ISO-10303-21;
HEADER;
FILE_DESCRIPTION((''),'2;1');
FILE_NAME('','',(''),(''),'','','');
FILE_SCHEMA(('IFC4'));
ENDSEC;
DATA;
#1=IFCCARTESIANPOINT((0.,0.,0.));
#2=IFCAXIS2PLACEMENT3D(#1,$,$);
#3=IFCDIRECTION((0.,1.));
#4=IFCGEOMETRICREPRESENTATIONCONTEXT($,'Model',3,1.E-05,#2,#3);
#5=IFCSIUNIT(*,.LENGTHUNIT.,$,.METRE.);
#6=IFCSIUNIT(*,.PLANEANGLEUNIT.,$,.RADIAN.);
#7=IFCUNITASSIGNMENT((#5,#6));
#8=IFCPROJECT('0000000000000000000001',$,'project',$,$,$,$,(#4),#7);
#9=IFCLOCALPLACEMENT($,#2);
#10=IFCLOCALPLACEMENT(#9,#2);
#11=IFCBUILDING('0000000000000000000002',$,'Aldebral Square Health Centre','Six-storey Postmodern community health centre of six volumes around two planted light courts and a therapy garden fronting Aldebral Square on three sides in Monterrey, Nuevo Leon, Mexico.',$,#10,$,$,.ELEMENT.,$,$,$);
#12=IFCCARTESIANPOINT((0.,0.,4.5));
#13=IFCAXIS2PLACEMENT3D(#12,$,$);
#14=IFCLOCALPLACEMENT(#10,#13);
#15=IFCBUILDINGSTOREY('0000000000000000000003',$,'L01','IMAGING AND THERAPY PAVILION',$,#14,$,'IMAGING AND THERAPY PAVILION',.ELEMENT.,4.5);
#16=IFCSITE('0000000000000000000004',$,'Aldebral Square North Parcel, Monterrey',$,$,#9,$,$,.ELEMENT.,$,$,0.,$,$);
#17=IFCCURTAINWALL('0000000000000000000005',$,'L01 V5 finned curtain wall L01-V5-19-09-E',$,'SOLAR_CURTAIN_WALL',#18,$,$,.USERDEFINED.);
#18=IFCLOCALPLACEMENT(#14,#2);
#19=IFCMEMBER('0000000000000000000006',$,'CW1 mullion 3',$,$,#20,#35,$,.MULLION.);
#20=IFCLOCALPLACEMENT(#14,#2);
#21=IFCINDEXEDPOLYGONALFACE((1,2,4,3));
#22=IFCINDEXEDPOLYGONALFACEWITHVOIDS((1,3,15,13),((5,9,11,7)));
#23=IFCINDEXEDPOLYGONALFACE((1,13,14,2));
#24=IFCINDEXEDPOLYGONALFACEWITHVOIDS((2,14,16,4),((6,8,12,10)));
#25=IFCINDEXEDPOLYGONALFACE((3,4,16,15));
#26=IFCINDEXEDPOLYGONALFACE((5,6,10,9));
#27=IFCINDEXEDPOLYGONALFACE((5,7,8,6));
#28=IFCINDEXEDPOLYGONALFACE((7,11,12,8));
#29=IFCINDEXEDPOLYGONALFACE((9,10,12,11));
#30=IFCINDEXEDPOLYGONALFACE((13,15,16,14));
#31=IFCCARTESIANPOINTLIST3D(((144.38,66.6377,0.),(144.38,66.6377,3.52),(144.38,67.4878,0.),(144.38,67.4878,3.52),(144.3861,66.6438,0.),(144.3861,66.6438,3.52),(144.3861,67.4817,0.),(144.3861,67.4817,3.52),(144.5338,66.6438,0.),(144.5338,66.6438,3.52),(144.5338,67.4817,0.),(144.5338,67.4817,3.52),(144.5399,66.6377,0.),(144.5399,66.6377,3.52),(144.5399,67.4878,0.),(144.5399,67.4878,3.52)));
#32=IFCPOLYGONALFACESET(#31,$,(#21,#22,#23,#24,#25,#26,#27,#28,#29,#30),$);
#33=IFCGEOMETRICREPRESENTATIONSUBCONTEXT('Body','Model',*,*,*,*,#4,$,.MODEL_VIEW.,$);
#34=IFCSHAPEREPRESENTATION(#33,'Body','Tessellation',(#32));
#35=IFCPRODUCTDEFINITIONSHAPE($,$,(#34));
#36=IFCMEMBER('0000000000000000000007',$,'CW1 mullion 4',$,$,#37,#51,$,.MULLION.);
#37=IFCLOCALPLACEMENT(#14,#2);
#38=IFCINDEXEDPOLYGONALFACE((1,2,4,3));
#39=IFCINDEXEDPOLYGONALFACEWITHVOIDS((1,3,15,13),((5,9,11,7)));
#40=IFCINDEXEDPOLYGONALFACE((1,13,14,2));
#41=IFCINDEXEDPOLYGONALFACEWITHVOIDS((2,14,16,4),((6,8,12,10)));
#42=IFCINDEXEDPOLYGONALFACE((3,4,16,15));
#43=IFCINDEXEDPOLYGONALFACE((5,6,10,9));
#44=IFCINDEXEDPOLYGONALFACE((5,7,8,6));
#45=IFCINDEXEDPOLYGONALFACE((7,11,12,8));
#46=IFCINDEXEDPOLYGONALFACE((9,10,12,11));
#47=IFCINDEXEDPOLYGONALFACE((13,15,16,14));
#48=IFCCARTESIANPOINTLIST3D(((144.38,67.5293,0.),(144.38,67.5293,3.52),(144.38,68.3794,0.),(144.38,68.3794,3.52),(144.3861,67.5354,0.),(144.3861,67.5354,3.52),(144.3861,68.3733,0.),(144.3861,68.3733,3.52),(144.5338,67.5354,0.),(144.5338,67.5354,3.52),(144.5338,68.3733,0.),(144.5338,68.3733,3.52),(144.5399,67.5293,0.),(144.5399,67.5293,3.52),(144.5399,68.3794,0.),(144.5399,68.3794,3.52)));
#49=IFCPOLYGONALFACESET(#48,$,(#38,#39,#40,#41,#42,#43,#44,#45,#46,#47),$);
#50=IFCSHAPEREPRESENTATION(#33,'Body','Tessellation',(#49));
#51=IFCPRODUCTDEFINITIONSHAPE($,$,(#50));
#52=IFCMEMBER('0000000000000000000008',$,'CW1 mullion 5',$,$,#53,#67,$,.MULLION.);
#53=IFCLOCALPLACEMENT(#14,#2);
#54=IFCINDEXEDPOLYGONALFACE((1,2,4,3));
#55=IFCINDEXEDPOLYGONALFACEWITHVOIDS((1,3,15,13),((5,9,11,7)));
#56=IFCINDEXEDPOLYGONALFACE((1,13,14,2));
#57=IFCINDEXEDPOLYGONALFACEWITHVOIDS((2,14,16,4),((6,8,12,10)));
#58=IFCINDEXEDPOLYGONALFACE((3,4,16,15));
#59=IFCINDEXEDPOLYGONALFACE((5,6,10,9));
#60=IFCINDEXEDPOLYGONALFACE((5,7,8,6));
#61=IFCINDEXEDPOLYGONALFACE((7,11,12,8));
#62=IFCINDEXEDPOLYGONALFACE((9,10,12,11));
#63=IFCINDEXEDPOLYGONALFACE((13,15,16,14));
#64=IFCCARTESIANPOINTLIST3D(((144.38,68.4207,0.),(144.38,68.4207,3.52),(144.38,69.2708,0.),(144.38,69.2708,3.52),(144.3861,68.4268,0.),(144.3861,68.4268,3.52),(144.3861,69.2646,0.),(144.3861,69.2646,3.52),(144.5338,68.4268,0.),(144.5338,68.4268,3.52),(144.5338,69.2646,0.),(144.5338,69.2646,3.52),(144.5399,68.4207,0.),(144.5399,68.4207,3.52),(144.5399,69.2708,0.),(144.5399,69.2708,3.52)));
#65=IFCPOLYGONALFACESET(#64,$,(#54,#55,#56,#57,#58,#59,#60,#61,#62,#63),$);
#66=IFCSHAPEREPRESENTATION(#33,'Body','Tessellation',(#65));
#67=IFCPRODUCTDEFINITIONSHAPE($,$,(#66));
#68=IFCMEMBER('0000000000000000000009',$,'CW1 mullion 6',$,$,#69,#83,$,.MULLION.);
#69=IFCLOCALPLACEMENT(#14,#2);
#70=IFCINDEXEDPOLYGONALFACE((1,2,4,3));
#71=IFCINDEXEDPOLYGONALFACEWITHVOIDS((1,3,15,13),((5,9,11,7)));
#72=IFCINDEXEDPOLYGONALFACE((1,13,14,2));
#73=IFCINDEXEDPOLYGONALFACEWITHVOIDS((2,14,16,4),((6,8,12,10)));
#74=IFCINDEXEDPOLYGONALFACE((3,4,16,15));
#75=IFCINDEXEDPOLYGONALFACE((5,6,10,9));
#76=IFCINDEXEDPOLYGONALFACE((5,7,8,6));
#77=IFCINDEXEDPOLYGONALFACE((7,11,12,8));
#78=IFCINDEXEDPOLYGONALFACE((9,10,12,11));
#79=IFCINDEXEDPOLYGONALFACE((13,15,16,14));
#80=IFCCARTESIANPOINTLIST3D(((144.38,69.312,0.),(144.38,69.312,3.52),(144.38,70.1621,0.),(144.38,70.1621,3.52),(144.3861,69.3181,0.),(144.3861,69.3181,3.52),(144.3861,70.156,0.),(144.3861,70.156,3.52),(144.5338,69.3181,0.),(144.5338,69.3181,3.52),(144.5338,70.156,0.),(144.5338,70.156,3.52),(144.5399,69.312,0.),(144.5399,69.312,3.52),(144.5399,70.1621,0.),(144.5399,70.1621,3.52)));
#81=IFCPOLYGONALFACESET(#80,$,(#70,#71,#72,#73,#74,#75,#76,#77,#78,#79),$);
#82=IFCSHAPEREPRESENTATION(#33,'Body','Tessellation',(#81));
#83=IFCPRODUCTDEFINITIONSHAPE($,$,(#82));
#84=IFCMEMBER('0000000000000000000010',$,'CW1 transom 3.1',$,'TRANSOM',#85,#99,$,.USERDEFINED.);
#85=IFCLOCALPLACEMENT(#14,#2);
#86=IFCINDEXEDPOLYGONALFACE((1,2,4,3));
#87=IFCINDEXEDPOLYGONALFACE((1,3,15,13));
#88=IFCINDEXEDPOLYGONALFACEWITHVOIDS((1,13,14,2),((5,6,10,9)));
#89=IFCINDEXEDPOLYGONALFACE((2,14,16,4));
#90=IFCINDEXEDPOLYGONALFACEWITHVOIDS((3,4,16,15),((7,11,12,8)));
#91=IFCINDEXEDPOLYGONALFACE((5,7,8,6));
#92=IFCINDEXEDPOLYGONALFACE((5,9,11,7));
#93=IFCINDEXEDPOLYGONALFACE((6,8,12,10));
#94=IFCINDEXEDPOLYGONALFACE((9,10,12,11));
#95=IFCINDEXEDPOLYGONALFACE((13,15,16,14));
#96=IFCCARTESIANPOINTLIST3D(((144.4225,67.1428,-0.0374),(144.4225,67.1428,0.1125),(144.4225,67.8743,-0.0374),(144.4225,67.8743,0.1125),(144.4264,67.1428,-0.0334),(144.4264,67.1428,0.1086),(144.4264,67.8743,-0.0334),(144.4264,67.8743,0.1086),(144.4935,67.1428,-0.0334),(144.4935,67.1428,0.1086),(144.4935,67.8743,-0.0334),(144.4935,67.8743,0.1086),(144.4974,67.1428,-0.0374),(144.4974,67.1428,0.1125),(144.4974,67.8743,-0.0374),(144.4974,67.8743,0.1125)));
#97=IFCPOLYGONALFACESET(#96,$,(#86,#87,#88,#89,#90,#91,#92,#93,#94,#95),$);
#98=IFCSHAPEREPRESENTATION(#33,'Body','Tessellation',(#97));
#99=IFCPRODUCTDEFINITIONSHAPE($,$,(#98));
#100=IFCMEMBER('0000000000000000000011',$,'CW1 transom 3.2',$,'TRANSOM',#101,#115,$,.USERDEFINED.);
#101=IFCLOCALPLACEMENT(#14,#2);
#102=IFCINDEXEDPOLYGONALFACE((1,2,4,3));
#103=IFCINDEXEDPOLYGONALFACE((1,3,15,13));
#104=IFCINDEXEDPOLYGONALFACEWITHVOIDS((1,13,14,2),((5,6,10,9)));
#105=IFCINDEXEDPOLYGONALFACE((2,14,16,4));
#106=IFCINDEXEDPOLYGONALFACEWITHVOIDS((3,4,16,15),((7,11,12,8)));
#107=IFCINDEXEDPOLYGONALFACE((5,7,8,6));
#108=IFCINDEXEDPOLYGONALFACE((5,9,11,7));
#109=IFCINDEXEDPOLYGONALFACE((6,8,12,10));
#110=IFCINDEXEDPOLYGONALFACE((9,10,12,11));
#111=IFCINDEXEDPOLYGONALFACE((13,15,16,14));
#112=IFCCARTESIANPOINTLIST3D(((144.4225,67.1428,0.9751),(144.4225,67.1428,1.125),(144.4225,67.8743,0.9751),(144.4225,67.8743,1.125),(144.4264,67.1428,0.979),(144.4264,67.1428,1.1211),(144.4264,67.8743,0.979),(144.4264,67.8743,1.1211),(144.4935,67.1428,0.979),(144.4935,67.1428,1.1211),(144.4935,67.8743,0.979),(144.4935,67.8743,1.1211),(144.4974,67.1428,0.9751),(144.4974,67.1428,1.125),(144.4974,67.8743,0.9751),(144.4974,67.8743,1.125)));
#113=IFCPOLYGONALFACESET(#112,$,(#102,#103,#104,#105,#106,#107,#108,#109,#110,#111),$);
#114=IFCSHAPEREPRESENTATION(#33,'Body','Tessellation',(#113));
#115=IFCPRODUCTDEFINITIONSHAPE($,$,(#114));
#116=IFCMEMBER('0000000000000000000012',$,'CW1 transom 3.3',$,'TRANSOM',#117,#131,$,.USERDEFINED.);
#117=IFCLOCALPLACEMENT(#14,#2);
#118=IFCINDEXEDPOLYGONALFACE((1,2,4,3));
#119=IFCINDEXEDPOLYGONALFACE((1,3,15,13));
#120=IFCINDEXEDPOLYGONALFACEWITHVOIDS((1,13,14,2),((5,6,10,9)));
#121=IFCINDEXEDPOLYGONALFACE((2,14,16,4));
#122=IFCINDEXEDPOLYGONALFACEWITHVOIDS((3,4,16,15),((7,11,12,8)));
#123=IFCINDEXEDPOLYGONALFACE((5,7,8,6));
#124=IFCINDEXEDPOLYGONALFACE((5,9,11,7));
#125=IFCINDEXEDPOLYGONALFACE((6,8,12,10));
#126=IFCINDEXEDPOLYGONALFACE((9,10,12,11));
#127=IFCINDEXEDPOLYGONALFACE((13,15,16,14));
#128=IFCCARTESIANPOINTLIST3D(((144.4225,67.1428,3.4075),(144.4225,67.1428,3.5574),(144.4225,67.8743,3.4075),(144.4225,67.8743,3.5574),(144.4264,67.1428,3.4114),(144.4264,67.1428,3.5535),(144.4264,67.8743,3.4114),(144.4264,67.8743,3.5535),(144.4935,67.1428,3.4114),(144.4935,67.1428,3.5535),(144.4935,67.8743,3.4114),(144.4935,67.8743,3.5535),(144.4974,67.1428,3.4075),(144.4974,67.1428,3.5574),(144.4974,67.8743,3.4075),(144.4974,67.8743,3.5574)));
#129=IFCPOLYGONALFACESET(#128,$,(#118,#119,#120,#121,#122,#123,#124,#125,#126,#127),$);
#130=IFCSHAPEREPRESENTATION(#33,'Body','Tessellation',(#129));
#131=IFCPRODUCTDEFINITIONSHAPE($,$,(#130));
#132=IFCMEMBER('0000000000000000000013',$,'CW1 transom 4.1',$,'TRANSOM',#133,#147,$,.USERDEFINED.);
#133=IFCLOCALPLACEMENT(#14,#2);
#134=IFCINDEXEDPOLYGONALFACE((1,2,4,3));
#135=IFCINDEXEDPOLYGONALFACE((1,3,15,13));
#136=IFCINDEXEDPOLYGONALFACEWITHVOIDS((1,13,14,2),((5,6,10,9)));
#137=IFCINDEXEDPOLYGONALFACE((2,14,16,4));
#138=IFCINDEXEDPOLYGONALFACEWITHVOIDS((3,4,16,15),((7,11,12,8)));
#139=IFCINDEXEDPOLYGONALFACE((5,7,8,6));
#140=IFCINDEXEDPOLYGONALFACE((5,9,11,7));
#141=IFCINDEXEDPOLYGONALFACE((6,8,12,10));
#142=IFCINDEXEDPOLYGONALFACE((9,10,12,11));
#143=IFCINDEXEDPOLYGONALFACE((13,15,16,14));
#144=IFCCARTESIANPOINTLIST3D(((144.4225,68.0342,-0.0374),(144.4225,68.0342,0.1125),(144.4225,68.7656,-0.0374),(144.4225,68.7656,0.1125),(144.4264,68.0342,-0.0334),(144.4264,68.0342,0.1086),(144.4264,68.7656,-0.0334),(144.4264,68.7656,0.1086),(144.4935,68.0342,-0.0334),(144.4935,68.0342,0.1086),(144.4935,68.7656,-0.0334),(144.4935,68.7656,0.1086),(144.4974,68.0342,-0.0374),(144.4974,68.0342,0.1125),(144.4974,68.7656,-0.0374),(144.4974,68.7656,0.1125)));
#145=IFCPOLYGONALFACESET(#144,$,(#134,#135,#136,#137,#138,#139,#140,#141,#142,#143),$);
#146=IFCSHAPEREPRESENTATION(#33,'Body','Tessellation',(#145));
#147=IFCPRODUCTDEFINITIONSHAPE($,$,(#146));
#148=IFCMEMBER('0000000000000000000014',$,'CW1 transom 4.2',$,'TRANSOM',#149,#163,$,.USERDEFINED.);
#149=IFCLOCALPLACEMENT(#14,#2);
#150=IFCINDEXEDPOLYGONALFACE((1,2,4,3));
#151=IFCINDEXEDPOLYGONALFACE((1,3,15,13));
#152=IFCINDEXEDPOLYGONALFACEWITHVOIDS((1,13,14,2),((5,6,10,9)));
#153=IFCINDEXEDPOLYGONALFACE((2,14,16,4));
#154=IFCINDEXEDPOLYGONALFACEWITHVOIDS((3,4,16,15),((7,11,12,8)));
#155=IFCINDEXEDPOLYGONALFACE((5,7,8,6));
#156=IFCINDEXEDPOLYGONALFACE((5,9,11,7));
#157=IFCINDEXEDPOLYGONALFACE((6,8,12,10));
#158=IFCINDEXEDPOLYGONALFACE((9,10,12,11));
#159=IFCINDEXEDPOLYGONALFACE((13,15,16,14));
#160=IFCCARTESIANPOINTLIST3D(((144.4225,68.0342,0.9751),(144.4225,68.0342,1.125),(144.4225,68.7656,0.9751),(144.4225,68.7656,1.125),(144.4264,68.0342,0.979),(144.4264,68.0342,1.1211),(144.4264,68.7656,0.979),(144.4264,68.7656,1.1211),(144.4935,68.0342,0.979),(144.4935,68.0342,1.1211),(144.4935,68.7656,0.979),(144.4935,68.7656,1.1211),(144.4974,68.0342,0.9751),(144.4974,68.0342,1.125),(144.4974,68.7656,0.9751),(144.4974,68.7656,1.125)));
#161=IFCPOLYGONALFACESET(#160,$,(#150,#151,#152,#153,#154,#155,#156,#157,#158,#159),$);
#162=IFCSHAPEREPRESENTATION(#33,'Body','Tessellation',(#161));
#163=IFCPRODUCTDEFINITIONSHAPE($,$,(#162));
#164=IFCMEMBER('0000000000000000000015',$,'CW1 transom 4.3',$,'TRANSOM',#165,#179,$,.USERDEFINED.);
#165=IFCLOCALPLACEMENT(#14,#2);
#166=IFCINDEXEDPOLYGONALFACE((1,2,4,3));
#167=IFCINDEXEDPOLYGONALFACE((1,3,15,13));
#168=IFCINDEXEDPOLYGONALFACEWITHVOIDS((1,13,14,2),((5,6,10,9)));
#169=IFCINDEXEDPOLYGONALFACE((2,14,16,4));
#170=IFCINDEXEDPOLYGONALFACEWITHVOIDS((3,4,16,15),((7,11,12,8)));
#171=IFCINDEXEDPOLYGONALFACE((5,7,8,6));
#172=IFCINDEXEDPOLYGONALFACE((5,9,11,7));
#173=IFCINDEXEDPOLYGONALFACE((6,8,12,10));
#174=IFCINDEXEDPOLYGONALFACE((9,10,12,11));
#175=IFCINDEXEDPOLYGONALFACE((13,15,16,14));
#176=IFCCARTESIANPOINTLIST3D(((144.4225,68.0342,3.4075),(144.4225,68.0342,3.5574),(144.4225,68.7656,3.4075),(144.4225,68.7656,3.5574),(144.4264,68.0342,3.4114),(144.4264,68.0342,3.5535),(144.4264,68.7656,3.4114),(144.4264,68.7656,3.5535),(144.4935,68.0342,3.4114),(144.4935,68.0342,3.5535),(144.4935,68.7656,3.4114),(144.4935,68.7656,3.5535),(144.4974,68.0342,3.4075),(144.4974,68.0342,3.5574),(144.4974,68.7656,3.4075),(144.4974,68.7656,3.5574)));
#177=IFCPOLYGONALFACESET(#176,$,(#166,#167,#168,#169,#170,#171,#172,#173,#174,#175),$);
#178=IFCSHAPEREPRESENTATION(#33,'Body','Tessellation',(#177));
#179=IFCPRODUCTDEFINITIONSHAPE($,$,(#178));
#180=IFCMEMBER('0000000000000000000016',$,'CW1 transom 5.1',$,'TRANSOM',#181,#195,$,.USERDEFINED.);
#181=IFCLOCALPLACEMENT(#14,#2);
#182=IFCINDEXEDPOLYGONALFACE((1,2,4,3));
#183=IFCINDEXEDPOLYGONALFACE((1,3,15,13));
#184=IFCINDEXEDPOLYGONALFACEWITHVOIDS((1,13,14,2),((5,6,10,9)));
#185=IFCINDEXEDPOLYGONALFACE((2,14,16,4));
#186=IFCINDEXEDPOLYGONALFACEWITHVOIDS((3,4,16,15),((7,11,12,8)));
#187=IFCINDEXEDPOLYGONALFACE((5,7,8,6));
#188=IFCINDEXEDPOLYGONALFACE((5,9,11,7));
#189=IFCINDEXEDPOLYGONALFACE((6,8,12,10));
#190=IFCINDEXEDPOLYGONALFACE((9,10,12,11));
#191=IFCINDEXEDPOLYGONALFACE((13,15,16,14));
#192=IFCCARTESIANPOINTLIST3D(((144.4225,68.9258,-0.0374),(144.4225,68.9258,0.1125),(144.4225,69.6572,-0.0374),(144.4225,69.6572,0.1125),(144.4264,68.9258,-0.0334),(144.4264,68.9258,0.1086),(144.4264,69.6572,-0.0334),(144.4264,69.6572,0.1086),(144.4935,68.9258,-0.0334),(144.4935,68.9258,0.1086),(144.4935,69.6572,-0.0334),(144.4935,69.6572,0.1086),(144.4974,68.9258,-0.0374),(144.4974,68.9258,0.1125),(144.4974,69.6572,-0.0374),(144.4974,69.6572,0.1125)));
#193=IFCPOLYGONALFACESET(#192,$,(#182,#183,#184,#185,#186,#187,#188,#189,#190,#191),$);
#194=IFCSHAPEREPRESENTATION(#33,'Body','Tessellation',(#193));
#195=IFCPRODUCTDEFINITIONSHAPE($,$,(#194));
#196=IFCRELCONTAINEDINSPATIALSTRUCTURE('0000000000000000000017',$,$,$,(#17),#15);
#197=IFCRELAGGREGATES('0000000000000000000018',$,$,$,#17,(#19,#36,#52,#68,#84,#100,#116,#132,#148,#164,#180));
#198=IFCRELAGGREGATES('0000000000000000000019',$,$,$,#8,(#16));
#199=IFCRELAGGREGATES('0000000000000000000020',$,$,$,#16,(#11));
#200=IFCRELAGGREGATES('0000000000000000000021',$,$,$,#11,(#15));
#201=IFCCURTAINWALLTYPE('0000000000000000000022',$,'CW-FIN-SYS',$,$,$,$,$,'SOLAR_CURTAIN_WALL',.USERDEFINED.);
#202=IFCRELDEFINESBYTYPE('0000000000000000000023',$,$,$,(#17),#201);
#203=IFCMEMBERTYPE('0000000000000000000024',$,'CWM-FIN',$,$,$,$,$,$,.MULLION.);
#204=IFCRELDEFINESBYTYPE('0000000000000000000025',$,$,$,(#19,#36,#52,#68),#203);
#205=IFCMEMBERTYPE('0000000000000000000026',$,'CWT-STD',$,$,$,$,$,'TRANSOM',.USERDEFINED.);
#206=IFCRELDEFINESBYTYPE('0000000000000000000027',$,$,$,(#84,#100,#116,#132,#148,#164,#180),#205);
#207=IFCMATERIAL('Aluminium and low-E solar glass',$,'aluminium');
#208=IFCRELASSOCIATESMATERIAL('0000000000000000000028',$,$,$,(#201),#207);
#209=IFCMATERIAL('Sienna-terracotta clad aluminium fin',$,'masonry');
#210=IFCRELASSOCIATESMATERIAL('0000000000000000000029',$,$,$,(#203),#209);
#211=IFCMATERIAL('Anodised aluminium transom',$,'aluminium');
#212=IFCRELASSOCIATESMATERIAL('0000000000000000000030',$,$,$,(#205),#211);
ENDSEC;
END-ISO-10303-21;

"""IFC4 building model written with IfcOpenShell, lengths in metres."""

from ifc_helpers import new_model, si_unit, direction, frame, origin, origin_2d, place, context, subcontext, project, spatial, hollow_rectangle, extrude, material, material_profile, profile_set, type_object, element, aggregate, save


model = new_model("IFC4")

# Units and contexts
model_context = context("Model", 3, precision=1e-05, world=origin(), true_north=direction((0.0, 1.0)))
body_context = subcontext(model_context, "Body", "Model", "MODEL_VIEW")
ifc_project = project(units=[si_unit("LENGTHUNIT", "METRE"), si_unit("PLANEANGLEUNIT", "RADIAN")], contexts=[model_context])

# Site, building, storey
site_placement = place(None, origin())
site = spatial("IfcSite", under=ifc_project, at=site_placement, Name="Aldebral Square North Parcel, Monterrey", CompositionType="ELEMENT", RefElevation=0.0)
building_placement = place(site_placement, origin())
building = spatial("IfcBuilding", under=site, at=building_placement, Name="Aldebral Square Health Centre", Description="Six-storey Postmodern community health centre of six volumes around two planted light courts and a therapy garden fronting Aldebral Square on three sides in Monterrey, Nuevo Leon, Mexico.", CompositionType="ELEMENT")
storey_placement = place(building_placement, frame((0.0, 0.0, 4.5)))
storey = spatial("IfcBuildingStorey", under=building, at=storey_placement, Name="L01", Description="IMAGING AND THERAPY PAVILION", LongName="IMAGING AND THERAPY PAVILION", CompositionType="ELEMENT", Elevation=4.5)

# Curtain wall, members
ifc_material_1 = material(Name="Aluminium and low-E solar glass", Category="aluminium")
curtain_wall_type = type_object("IfcCurtainWallType", Name="CW-FIN-SYS", ElementType="SOLAR_CURTAIN_WALL", PredefinedType="USERDEFINED", material=ifc_material_1)
curtain_wall_placement = place(storey_placement, origin())
curtain_wall = element("IfcCurtainWall", 1, at=curtain_wall_placement, inside=storey, type_object=curtain_wall_type, Name="L01 V5 finned curtain wall L01-V5-19-09-E", ObjectType="SOLAR_CURTAIN_WALL", PredefinedType="USERDEFINED")
ifc_material_2 = material(Name="Sienna-terracotta clad aluminium fin", Category="masonry")
ifc_material_profile_1 = material_profile(ifc_material_2, hollow_rectangle(XDim=0.1599, YDim=0.8501, WallThickness=0.0061, at=origin_2d()), Name="FIN 160x850x6")
ifc_profile_set_1 = profile_set([ifc_material_profile_1], Name="Sienna-terracotta clad aluminium fin")
member_type_1 = type_object("IfcMemberType", Name="CWM-FIN", PredefinedType="MULLION", material=ifc_profile_set_1)
member_1_placement = place(storey_placement, frame((144.46, 67.0627, 0.0), z_axis=(0.0, 0.0, 1.0), x_axis=(-1.0, 0.0, 0.0)))
member_1 = element("IfcMember", 2, at=member_1_placement, type_object=member_type_1, Name="CW1 mullion 3", PredefinedType="MULLION", context=body_context, shape_type="SweptSolid", body=[
    extrude(hollow_rectangle(XDim=0.1599, YDim=0.8501, WallThickness=0.0061, at=origin_2d()), origin(), (0.0, 0.0, 1.0), 3.52),
])
member_2_placement = place(storey_placement, frame((144.46, 67.9543, 0.0), z_axis=(0.0, 0.0, 1.0), x_axis=(-1.0, 0.0, 0.0)))
member_2 = element("IfcMember", 3, at=member_2_placement, type_object=member_type_1, Name="CW1 mullion 4", PredefinedType="MULLION", context=body_context, shape_type="SweptSolid", body=[
    extrude(hollow_rectangle(XDim=0.1599, YDim=0.8501, WallThickness=0.0061, at=origin_2d()), origin(), (0.0, 0.0, 1.0), 3.52),
])
member_3_placement = place(storey_placement, frame((144.46, 68.8457, 0.0), z_axis=(0.0, 0.0, 1.0), x_axis=(-1.0, 0.0, 0.0)))
member_3 = element("IfcMember", 4, at=member_3_placement, type_object=member_type_1, Name="CW1 mullion 5", PredefinedType="MULLION", context=body_context, shape_type="SweptSolid", body=[
    extrude(hollow_rectangle(XDim=0.1599, YDim=0.8501, WallThickness=0.0061, at=origin_2d()), origin(), (0.0, 0.0, 1.0), 3.52),
])
member_4_placement = place(storey_placement, frame((144.46, 69.7371, 0.0), z_axis=(0.0, 0.0, 1.0), x_axis=(-1.0, 0.0, 0.0)))
member_4 = element("IfcMember", 5, at=member_4_placement, type_object=member_type_1, Name="CW1 mullion 6", PredefinedType="MULLION", context=body_context, shape_type="SweptSolid", body=[
    extrude(hollow_rectangle(XDim=0.1599, YDim=0.8501, WallThickness=0.0061, at=origin_2d()), origin(), (0.0, 0.0, 1.0), 3.52),
])
ifc_material_3 = material(Name="Anodised aluminium transom", Category="aluminium")
ifc_material_profile_2 = material_profile(ifc_material_3, hollow_rectangle(XDim=0.075, YDim=0.1499, WallThickness=0.0039, at=origin_2d()), Name="CWT 75x150x4")
ifc_profile_set_2 = profile_set([ifc_material_profile_2], Name="Anodised aluminium transom")
member_type_2 = type_object("IfcMemberType", Name="CWT-STD", ElementType="TRANSOM", PredefinedType="USERDEFINED", material=ifc_profile_set_2)
member_5_placement = place(storey_placement, frame((144.46, 67.1428, 0.0376), z_axis=(0.0, 1.0, 0.0), x_axis=(-1.0, 0.0, 0.0)))
member_5 = element("IfcMember", 6, at=member_5_placement, type_object=member_type_2, Name="CW1 transom 3.1", ObjectType="TRANSOM", PredefinedType="USERDEFINED", context=body_context, shape_type="SweptSolid", body=[
    extrude(hollow_rectangle(XDim=0.075, YDim=0.1499, WallThickness=0.0039, at=origin_2d()), origin(), (0.0, 0.0, 1.0), 0.7314),
])
member_6_placement = place(storey_placement, frame((144.46, 67.1428, 1.05), z_axis=(0.0, 1.0, 0.0), x_axis=(-1.0, 0.0, 0.0)))
member_6 = element("IfcMember", 7, at=member_6_placement, type_object=member_type_2, Name="CW1 transom 3.2", ObjectType="TRANSOM", PredefinedType="USERDEFINED", context=body_context, shape_type="SweptSolid", body=[
    extrude(hollow_rectangle(XDim=0.075, YDim=0.1499, WallThickness=0.0039, at=origin_2d()), origin(), (0.0, 0.0, 1.0), 0.7314),
])
member_7_placement = place(storey_placement, frame((144.46, 67.1428, 3.4824), z_axis=(0.0, 1.0, 0.0), x_axis=(-1.0, 0.0, 0.0)))
member_7 = element("IfcMember", 8, at=member_7_placement, type_object=member_type_2, Name="CW1 transom 3.3", ObjectType="TRANSOM", PredefinedType="USERDEFINED", context=body_context, shape_type="SweptSolid", body=[
    extrude(hollow_rectangle(XDim=0.075, YDim=0.1499, WallThickness=0.0039, at=origin_2d()), origin(), (0.0, 0.0, 1.0), 0.7314),
])
member_8_placement = place(storey_placement, frame((144.46, 68.0342, 0.0376), z_axis=(0.0, 1.0, 0.0), x_axis=(-1.0, 0.0, 0.0)))
member_8 = element("IfcMember", 9, at=member_8_placement, type_object=member_type_2, Name="CW1 transom 4.1", ObjectType="TRANSOM", PredefinedType="USERDEFINED", context=body_context, shape_type="SweptSolid", body=[
    extrude(hollow_rectangle(XDim=0.075, YDim=0.1499, WallThickness=0.0039, at=origin_2d()), origin(), (0.0, 0.0, 1.0), 0.7314),
])
member_9_placement = place(storey_placement, frame((144.46, 68.0342, 1.05), z_axis=(0.0, 1.0, 0.0), x_axis=(-1.0, 0.0, 0.0)))
member_9 = element("IfcMember", 10, at=member_9_placement, type_object=member_type_2, Name="CW1 transom 4.2", ObjectType="TRANSOM", PredefinedType="USERDEFINED", context=body_context, shape_type="SweptSolid", body=[
    extrude(hollow_rectangle(XDim=0.075, YDim=0.1499, WallThickness=0.0039, at=origin_2d()), origin(), (0.0, 0.0, 1.0), 0.7314),
])
member_10_placement = place(storey_placement, frame((144.46, 68.0342, 3.4824), z_axis=(0.0, 1.0, 0.0), x_axis=(-1.0, 0.0, 0.0)))
member_10 = element("IfcMember", 11, at=member_10_placement, type_object=member_type_2, Name="CW1 transom 4.3", ObjectType="TRANSOM", PredefinedType="USERDEFINED", context=body_context, shape_type="SweptSolid", body=[
    extrude(hollow_rectangle(XDim=0.075, YDim=0.1499, WallThickness=0.0039, at=origin_2d()), origin(), (0.0, 0.0, 1.0), 0.7314),
])
member_11_placement = place(storey_placement, frame((144.46, 68.9258, 0.0376), z_axis=(0.0, 1.0, 0.0), x_axis=(-1.0, 0.0, 0.0)))
member_11 = element("IfcMember", 12, at=member_11_placement, type_object=member_type_2, Name="CW1 transom 5.1", ObjectType="TRANSOM", PredefinedType="USERDEFINED", context=body_context, shape_type="SweptSolid", body=[
    extrude(hollow_rectangle(XDim=0.075, YDim=0.1499, WallThickness=0.0039, at=origin_2d()), origin(), (0.0, 0.0, 1.0), 0.7314),
])
aggregate(curtain_wall, [member_1, member_2, member_3, member_4, member_5, member_6, member_7, member_8, member_9, member_10, member_11])

save(model, "model.ifc")
